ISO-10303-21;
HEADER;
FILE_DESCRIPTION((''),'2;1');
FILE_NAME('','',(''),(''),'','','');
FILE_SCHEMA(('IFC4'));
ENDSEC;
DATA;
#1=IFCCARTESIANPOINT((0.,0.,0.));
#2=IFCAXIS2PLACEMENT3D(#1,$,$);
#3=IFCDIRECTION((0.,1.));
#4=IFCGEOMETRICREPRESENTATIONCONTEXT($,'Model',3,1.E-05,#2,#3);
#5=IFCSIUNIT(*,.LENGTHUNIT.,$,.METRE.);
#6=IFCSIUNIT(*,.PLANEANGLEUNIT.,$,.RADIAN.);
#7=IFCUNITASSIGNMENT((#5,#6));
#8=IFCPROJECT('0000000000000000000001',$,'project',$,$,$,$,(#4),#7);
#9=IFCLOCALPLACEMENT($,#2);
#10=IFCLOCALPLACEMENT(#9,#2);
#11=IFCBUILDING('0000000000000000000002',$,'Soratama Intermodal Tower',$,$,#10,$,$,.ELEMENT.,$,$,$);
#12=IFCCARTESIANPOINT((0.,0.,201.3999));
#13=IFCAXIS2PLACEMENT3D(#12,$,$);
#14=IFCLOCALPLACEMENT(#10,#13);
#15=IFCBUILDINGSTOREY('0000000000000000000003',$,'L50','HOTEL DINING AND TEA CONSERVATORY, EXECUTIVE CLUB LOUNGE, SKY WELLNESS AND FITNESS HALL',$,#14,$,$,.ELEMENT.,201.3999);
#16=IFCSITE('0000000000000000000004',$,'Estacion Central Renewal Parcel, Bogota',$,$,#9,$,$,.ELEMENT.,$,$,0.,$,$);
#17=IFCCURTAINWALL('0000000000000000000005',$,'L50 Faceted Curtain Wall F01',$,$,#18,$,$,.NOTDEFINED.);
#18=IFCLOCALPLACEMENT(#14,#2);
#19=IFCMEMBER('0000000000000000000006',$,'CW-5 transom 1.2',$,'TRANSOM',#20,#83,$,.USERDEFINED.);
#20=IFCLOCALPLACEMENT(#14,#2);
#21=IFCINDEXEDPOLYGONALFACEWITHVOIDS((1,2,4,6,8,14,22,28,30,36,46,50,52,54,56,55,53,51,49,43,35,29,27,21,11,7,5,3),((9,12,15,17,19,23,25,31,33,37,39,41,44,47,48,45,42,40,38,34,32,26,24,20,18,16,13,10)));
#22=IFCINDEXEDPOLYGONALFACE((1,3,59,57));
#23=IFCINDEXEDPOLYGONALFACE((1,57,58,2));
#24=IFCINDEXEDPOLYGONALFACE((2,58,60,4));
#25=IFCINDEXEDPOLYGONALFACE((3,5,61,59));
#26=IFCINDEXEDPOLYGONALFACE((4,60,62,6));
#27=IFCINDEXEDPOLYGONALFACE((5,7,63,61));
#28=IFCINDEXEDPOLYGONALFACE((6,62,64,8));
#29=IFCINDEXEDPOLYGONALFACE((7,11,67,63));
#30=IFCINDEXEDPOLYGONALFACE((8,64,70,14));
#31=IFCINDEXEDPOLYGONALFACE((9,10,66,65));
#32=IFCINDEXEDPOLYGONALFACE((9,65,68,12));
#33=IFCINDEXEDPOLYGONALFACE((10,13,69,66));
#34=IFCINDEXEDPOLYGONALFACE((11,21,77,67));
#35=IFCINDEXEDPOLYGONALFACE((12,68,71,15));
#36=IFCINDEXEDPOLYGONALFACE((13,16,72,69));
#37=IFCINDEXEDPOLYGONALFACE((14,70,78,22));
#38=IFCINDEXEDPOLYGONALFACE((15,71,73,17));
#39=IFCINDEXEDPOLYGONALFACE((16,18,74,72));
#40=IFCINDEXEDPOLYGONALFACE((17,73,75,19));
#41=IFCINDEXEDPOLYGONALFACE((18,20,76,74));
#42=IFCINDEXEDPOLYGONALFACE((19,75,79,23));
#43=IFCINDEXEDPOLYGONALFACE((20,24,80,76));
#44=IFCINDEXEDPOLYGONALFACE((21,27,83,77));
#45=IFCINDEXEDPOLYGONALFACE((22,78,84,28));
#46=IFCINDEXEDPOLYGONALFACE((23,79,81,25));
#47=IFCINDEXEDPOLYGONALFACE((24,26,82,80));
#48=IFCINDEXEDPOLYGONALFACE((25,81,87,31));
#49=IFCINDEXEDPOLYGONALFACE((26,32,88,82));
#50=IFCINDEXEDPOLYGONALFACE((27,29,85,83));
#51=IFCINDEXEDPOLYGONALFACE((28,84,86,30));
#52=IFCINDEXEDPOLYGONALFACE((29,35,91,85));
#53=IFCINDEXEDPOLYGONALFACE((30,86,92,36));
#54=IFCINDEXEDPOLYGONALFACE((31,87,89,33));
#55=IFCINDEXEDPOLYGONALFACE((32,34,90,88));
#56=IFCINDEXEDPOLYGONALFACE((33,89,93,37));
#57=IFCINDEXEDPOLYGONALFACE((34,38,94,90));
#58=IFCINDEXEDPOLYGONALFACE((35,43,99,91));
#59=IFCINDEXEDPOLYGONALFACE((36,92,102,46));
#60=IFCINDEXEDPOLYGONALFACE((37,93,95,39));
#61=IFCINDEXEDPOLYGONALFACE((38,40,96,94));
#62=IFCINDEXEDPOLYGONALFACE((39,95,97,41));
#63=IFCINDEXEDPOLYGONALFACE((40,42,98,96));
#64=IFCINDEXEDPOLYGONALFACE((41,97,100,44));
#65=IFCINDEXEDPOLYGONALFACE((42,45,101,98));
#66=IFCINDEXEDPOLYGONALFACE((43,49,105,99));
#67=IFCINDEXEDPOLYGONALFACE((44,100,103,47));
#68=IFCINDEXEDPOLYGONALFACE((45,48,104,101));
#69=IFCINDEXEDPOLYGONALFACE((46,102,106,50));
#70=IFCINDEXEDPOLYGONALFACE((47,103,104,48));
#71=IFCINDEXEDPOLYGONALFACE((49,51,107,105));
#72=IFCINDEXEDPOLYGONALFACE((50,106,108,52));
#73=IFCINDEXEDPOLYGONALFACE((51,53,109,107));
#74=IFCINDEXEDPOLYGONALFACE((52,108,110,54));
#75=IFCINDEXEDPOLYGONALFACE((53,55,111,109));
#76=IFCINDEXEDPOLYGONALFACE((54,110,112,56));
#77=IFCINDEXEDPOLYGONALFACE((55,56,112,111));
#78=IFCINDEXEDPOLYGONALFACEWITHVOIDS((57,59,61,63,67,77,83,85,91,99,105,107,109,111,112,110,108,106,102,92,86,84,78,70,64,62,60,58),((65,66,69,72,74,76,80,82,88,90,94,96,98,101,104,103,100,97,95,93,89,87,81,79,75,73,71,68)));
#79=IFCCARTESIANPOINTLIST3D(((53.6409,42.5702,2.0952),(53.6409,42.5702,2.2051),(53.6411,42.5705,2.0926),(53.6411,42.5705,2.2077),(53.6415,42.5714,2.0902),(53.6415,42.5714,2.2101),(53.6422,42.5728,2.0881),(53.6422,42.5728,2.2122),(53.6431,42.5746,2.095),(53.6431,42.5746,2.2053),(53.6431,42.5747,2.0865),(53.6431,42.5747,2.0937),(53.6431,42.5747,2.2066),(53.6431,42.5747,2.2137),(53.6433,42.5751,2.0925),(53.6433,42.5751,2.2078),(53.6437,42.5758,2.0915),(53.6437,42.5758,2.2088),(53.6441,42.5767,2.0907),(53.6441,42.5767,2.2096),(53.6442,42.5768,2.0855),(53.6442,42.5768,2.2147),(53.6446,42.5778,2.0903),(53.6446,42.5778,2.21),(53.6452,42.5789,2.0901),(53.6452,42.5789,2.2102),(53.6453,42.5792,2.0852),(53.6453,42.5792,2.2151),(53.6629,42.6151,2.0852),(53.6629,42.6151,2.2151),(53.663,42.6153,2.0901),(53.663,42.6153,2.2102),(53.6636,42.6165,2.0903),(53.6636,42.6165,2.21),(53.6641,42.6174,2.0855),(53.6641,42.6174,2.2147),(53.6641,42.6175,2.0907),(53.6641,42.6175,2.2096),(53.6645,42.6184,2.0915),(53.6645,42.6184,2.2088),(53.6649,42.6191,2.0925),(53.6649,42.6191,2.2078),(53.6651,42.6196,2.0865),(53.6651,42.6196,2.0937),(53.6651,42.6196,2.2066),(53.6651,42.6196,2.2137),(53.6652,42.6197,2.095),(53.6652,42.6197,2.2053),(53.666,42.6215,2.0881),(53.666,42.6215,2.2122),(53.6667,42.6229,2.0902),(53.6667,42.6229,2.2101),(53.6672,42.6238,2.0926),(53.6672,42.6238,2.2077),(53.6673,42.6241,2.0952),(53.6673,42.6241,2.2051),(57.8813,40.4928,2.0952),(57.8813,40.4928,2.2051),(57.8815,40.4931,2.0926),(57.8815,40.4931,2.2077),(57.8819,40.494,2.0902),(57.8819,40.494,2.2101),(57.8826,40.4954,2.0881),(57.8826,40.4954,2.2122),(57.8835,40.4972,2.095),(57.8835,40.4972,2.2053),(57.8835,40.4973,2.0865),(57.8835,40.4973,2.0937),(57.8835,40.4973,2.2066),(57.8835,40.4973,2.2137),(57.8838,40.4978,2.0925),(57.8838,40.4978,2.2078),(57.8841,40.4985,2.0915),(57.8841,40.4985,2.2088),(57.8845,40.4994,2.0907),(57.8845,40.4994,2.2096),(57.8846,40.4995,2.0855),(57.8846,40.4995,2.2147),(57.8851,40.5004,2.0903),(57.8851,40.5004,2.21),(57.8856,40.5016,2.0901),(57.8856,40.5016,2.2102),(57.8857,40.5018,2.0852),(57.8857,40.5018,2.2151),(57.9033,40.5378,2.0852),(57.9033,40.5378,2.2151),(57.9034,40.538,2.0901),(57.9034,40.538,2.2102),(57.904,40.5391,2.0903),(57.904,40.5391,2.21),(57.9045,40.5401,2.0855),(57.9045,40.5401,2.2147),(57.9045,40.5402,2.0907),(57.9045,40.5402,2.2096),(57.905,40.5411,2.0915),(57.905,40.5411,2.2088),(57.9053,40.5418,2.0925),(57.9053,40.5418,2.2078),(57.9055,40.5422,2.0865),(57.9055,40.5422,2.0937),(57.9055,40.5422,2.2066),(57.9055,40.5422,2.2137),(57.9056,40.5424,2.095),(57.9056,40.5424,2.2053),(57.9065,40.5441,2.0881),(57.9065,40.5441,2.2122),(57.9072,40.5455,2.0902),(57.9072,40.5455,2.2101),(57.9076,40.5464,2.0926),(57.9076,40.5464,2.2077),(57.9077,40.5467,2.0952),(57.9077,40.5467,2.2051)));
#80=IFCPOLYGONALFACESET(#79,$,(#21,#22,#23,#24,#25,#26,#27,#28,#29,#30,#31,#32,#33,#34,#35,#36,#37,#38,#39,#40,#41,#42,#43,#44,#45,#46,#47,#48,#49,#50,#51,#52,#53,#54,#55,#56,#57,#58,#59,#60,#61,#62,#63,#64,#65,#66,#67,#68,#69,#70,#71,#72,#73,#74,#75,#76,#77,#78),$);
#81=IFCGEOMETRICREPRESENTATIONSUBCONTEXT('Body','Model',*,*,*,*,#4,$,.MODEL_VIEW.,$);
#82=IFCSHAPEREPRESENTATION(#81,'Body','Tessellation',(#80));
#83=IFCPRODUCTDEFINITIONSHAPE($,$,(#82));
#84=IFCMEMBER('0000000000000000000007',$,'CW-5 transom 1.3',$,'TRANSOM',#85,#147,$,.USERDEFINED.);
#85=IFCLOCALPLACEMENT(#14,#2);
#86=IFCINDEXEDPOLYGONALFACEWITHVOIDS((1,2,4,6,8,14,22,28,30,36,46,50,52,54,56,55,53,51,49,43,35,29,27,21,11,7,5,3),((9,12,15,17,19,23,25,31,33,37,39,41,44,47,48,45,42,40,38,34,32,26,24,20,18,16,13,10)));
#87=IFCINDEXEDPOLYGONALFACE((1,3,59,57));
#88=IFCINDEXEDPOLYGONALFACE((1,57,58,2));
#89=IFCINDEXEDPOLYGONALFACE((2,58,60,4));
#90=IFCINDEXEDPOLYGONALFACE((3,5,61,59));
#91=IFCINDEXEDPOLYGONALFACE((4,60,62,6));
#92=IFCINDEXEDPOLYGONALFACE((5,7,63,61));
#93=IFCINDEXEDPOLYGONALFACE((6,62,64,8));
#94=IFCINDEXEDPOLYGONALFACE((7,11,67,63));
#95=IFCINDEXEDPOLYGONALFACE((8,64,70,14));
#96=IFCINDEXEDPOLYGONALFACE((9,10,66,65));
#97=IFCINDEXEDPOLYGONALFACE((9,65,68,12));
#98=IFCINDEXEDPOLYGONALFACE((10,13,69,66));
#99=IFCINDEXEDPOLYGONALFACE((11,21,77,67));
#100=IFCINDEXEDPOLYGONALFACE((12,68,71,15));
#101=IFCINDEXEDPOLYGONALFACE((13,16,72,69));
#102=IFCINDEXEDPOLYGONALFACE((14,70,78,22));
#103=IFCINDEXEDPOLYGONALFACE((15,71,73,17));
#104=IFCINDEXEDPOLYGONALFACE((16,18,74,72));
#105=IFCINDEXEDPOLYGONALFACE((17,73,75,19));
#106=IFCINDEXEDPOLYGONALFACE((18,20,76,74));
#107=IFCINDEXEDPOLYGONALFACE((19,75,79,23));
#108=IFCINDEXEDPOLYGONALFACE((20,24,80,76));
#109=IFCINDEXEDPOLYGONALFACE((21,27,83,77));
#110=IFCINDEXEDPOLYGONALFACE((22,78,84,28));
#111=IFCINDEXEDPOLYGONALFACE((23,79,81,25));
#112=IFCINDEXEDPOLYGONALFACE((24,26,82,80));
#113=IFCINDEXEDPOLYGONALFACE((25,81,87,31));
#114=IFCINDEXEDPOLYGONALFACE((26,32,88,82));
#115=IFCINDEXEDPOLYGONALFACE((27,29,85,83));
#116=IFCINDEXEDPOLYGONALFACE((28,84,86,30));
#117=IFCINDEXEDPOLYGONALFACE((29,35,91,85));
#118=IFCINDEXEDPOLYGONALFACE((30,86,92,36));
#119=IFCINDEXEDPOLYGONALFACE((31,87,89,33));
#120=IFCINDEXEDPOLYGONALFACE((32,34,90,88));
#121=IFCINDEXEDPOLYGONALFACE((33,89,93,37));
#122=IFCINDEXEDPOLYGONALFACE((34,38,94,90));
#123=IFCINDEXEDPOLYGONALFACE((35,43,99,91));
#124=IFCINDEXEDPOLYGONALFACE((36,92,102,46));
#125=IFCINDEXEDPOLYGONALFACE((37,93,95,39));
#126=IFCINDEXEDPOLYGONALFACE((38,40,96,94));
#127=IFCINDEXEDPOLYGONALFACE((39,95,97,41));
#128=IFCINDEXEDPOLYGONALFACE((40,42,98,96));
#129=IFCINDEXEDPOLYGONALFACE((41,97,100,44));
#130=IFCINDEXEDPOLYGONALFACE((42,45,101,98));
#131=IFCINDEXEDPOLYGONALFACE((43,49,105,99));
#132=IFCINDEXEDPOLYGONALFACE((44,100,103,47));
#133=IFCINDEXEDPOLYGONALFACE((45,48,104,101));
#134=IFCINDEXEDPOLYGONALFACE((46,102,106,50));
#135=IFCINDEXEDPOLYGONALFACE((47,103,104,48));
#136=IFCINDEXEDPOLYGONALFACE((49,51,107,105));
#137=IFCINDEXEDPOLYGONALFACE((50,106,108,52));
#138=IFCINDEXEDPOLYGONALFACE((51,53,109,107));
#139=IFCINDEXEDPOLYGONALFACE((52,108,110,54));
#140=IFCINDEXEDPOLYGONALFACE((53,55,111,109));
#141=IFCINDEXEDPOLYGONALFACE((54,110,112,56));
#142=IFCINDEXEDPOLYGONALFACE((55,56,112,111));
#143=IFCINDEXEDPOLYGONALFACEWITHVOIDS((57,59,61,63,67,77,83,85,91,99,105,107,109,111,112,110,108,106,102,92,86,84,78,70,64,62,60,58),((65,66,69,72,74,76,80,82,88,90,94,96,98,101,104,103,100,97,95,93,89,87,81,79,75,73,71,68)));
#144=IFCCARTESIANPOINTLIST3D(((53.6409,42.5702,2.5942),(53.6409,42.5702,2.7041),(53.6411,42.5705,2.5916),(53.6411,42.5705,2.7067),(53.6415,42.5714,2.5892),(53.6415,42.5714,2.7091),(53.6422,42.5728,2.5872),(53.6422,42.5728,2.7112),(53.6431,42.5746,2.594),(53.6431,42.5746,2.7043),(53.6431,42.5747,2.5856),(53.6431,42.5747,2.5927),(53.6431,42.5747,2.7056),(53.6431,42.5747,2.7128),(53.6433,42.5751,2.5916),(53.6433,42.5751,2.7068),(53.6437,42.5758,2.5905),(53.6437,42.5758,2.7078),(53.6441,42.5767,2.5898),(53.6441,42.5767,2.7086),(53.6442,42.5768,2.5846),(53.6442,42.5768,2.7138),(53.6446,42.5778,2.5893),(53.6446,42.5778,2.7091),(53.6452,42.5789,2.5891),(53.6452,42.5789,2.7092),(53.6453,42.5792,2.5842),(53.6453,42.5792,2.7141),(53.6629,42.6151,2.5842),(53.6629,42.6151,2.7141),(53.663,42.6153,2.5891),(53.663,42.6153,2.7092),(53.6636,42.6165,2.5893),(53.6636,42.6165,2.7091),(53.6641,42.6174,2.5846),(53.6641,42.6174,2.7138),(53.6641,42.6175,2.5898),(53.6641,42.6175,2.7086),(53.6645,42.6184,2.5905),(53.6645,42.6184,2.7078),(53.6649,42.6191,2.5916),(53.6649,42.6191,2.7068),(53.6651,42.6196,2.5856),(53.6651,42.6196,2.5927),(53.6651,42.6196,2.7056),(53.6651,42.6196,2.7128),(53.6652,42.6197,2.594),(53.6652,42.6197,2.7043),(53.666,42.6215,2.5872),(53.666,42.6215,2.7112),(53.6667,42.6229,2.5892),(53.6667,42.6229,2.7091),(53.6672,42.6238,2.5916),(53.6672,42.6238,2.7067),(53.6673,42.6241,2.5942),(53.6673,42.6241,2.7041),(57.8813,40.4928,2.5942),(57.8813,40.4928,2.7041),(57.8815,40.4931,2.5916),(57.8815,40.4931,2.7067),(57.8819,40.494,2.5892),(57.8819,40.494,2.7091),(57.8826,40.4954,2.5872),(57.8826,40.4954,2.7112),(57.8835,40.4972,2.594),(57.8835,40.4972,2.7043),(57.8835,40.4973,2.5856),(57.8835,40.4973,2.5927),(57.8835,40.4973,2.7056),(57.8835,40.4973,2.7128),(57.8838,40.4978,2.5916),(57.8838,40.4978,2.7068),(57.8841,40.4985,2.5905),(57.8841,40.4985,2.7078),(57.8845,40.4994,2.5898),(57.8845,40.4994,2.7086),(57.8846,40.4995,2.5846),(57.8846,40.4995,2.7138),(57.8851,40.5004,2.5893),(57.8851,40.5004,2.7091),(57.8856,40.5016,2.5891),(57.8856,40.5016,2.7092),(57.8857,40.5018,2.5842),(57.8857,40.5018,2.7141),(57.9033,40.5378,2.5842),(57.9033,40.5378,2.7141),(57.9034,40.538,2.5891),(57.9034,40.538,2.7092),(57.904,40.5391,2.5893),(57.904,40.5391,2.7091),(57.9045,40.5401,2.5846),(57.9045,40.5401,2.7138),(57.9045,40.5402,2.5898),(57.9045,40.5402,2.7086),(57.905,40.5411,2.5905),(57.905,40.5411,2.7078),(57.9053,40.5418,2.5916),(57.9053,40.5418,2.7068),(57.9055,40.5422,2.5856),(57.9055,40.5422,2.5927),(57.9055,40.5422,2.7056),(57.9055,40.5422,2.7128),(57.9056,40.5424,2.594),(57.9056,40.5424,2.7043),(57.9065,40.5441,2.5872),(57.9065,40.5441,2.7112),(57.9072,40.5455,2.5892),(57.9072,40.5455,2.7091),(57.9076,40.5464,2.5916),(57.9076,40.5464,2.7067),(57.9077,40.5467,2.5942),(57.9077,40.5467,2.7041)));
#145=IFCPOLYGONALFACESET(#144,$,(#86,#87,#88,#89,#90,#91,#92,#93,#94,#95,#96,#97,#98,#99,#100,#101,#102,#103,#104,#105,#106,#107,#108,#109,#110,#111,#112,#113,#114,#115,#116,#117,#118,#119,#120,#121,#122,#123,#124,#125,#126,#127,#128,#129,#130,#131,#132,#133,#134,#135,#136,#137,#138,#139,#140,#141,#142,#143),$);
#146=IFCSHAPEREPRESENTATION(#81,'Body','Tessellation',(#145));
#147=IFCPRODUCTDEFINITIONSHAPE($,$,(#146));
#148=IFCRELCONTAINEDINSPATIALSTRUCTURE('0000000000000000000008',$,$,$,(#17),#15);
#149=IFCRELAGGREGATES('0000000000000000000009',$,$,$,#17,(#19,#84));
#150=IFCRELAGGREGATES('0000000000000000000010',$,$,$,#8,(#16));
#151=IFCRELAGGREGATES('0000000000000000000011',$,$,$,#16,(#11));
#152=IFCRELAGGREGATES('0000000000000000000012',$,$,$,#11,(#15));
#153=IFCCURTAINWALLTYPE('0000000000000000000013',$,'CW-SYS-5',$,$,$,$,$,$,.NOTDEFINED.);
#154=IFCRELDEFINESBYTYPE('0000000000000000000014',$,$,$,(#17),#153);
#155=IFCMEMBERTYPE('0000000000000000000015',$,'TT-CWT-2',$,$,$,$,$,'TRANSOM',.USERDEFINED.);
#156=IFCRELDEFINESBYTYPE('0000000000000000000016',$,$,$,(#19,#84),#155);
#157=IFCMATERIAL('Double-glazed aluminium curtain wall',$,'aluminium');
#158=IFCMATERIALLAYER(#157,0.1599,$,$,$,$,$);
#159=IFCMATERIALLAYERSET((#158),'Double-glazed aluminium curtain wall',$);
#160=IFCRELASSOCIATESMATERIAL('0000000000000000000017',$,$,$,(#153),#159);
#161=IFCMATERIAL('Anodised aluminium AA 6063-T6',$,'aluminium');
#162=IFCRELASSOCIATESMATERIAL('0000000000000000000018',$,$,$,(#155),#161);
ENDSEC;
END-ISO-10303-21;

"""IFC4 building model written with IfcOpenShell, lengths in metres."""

from ifc_helpers import new_model, si_unit, direction, frame, origin, origin_2d, place, context, subcontext, project, spatial, hollow_rectangle, extrude, material, layer, layer_set, material_profile, profile_set, type_object, element, aggregate, save


model = new_model("IFC4")

# Units and contexts
model_context = context("Model", 3, precision=1e-05, world=origin(), true_north=direction((0.0, 1.0)))
body_context = subcontext(model_context, "Body", "Model", "MODEL_VIEW")
ifc_project = project(units=[si_unit("LENGTHUNIT", "METRE"), si_unit("PLANEANGLEUNIT", "RADIAN")], contexts=[model_context])

# Site, building, storey
site_placement = place(None, origin())
site = spatial("IfcSite", under=ifc_project, at=site_placement, Name="Estacion Central Renewal Parcel, Bogota", CompositionType="ELEMENT", RefElevation=0.0)
building_placement = place(site_placement, origin())
building = spatial("IfcBuilding", under=site, at=building_placement, Name="Soratama Intermodal Tower", CompositionType="ELEMENT")
storey_placement = place(building_placement, frame((0.0, 0.0, 201.3999)))
storey = spatial("IfcBuildingStorey", under=building, at=storey_placement, Name="L50", Description="HOTEL DINING AND TEA CONSERVATORY, EXECUTIVE CLUB LOUNGE, SKY WELLNESS AND FITNESS HALL", CompositionType="ELEMENT", Elevation=201.3999)

# Curtain wall
ifc_material_1 = material(Name="Double-glazed aluminium curtain wall", Category="aluminium")
ifc_layer_1 = layer(ifc_material_1, 0.1599)
ifc_layer_set_1 = layer_set([ifc_layer_1], Name="Double-glazed aluminium curtain wall")
curtain_wall_type = type_object("IfcCurtainWallType", Name="CW-SYS-5", PredefinedType="NOTDEFINED", material=ifc_layer_set_1)
curtain_wall_1_placement = place(storey_placement, origin())
curtain_wall_1 = element("IfcCurtainWall", 1, at=curtain_wall_1_placement, inside=storey, type_object=curtain_wall_type, Name="L50 Faceted Curtain Wall F01", PredefinedType="NOTDEFINED")

# Members
ifc_material_2 = material(Name="Anodised aluminium AA 6063-T6", Category="aluminium")
ifc_material_profile_1 = material_profile(ifc_material_2, hollow_rectangle(XDim=0.0601, YDim=0.1299, WallThickness=0.0049, InnerFilletRadius=0.0049, OuterFilletRadius=0.01, at=origin_2d()), Name="CWT130X60X5")
ifc_profile_set_1 = profile_set([ifc_material_profile_1], Name="Anodised aluminium AA 6063-T6")
member_type_1 = type_object("IfcMemberType", Name="TT-CWT-2", ElementType="TRANSOM", PredefinedType="USERDEFINED", material=ifc_profile_set_1)
member_1_placement = place(storey_placement, frame((57.8945, 40.5198, 2.1501), z_axis=(-0.898027, 0.43994, 0.0), x_axis=(-0.43994, -0.898027, 0.0)))
member_1 = element("IfcMember", 2, at=member_1_placement, type_object=member_type_1, Name="CW-5 transom 1.2", ObjectType="TRANSOM", PredefinedType="USERDEFINED", context=body_context, shape_type="SweptSolid", body=[
    extrude(hollow_rectangle(XDim=0.0601, YDim=0.1299, WallThickness=0.0049, InnerFilletRadius=0.0049, OuterFilletRadius=0.01, at=origin_2d()), origin(), (0.0, 0.0, 1.0), 4.7219),
])
member_2_placement = place(storey_placement, frame((57.8945, 40.5198, 2.6492), z_axis=(-0.898027, 0.43994, 0.0), x_axis=(-0.43994, -0.898027, 0.0)))
member_2 = element("IfcMember", 3, at=member_2_placement, type_object=member_type_1, Name="CW-5 transom 1.3", ObjectType="TRANSOM", PredefinedType="USERDEFINED", context=body_context, shape_type="SweptSolid", body=[
    extrude(hollow_rectangle(XDim=0.0601, YDim=0.1299, WallThickness=0.0049, InnerFilletRadius=0.0049, OuterFilletRadius=0.01, at=origin_2d()), origin(), (0.0, 0.0, 1.0), 4.7219),
])

aggregate(curtain_wall_1, [member_1, member_2])

save(model, "model.ifc")
